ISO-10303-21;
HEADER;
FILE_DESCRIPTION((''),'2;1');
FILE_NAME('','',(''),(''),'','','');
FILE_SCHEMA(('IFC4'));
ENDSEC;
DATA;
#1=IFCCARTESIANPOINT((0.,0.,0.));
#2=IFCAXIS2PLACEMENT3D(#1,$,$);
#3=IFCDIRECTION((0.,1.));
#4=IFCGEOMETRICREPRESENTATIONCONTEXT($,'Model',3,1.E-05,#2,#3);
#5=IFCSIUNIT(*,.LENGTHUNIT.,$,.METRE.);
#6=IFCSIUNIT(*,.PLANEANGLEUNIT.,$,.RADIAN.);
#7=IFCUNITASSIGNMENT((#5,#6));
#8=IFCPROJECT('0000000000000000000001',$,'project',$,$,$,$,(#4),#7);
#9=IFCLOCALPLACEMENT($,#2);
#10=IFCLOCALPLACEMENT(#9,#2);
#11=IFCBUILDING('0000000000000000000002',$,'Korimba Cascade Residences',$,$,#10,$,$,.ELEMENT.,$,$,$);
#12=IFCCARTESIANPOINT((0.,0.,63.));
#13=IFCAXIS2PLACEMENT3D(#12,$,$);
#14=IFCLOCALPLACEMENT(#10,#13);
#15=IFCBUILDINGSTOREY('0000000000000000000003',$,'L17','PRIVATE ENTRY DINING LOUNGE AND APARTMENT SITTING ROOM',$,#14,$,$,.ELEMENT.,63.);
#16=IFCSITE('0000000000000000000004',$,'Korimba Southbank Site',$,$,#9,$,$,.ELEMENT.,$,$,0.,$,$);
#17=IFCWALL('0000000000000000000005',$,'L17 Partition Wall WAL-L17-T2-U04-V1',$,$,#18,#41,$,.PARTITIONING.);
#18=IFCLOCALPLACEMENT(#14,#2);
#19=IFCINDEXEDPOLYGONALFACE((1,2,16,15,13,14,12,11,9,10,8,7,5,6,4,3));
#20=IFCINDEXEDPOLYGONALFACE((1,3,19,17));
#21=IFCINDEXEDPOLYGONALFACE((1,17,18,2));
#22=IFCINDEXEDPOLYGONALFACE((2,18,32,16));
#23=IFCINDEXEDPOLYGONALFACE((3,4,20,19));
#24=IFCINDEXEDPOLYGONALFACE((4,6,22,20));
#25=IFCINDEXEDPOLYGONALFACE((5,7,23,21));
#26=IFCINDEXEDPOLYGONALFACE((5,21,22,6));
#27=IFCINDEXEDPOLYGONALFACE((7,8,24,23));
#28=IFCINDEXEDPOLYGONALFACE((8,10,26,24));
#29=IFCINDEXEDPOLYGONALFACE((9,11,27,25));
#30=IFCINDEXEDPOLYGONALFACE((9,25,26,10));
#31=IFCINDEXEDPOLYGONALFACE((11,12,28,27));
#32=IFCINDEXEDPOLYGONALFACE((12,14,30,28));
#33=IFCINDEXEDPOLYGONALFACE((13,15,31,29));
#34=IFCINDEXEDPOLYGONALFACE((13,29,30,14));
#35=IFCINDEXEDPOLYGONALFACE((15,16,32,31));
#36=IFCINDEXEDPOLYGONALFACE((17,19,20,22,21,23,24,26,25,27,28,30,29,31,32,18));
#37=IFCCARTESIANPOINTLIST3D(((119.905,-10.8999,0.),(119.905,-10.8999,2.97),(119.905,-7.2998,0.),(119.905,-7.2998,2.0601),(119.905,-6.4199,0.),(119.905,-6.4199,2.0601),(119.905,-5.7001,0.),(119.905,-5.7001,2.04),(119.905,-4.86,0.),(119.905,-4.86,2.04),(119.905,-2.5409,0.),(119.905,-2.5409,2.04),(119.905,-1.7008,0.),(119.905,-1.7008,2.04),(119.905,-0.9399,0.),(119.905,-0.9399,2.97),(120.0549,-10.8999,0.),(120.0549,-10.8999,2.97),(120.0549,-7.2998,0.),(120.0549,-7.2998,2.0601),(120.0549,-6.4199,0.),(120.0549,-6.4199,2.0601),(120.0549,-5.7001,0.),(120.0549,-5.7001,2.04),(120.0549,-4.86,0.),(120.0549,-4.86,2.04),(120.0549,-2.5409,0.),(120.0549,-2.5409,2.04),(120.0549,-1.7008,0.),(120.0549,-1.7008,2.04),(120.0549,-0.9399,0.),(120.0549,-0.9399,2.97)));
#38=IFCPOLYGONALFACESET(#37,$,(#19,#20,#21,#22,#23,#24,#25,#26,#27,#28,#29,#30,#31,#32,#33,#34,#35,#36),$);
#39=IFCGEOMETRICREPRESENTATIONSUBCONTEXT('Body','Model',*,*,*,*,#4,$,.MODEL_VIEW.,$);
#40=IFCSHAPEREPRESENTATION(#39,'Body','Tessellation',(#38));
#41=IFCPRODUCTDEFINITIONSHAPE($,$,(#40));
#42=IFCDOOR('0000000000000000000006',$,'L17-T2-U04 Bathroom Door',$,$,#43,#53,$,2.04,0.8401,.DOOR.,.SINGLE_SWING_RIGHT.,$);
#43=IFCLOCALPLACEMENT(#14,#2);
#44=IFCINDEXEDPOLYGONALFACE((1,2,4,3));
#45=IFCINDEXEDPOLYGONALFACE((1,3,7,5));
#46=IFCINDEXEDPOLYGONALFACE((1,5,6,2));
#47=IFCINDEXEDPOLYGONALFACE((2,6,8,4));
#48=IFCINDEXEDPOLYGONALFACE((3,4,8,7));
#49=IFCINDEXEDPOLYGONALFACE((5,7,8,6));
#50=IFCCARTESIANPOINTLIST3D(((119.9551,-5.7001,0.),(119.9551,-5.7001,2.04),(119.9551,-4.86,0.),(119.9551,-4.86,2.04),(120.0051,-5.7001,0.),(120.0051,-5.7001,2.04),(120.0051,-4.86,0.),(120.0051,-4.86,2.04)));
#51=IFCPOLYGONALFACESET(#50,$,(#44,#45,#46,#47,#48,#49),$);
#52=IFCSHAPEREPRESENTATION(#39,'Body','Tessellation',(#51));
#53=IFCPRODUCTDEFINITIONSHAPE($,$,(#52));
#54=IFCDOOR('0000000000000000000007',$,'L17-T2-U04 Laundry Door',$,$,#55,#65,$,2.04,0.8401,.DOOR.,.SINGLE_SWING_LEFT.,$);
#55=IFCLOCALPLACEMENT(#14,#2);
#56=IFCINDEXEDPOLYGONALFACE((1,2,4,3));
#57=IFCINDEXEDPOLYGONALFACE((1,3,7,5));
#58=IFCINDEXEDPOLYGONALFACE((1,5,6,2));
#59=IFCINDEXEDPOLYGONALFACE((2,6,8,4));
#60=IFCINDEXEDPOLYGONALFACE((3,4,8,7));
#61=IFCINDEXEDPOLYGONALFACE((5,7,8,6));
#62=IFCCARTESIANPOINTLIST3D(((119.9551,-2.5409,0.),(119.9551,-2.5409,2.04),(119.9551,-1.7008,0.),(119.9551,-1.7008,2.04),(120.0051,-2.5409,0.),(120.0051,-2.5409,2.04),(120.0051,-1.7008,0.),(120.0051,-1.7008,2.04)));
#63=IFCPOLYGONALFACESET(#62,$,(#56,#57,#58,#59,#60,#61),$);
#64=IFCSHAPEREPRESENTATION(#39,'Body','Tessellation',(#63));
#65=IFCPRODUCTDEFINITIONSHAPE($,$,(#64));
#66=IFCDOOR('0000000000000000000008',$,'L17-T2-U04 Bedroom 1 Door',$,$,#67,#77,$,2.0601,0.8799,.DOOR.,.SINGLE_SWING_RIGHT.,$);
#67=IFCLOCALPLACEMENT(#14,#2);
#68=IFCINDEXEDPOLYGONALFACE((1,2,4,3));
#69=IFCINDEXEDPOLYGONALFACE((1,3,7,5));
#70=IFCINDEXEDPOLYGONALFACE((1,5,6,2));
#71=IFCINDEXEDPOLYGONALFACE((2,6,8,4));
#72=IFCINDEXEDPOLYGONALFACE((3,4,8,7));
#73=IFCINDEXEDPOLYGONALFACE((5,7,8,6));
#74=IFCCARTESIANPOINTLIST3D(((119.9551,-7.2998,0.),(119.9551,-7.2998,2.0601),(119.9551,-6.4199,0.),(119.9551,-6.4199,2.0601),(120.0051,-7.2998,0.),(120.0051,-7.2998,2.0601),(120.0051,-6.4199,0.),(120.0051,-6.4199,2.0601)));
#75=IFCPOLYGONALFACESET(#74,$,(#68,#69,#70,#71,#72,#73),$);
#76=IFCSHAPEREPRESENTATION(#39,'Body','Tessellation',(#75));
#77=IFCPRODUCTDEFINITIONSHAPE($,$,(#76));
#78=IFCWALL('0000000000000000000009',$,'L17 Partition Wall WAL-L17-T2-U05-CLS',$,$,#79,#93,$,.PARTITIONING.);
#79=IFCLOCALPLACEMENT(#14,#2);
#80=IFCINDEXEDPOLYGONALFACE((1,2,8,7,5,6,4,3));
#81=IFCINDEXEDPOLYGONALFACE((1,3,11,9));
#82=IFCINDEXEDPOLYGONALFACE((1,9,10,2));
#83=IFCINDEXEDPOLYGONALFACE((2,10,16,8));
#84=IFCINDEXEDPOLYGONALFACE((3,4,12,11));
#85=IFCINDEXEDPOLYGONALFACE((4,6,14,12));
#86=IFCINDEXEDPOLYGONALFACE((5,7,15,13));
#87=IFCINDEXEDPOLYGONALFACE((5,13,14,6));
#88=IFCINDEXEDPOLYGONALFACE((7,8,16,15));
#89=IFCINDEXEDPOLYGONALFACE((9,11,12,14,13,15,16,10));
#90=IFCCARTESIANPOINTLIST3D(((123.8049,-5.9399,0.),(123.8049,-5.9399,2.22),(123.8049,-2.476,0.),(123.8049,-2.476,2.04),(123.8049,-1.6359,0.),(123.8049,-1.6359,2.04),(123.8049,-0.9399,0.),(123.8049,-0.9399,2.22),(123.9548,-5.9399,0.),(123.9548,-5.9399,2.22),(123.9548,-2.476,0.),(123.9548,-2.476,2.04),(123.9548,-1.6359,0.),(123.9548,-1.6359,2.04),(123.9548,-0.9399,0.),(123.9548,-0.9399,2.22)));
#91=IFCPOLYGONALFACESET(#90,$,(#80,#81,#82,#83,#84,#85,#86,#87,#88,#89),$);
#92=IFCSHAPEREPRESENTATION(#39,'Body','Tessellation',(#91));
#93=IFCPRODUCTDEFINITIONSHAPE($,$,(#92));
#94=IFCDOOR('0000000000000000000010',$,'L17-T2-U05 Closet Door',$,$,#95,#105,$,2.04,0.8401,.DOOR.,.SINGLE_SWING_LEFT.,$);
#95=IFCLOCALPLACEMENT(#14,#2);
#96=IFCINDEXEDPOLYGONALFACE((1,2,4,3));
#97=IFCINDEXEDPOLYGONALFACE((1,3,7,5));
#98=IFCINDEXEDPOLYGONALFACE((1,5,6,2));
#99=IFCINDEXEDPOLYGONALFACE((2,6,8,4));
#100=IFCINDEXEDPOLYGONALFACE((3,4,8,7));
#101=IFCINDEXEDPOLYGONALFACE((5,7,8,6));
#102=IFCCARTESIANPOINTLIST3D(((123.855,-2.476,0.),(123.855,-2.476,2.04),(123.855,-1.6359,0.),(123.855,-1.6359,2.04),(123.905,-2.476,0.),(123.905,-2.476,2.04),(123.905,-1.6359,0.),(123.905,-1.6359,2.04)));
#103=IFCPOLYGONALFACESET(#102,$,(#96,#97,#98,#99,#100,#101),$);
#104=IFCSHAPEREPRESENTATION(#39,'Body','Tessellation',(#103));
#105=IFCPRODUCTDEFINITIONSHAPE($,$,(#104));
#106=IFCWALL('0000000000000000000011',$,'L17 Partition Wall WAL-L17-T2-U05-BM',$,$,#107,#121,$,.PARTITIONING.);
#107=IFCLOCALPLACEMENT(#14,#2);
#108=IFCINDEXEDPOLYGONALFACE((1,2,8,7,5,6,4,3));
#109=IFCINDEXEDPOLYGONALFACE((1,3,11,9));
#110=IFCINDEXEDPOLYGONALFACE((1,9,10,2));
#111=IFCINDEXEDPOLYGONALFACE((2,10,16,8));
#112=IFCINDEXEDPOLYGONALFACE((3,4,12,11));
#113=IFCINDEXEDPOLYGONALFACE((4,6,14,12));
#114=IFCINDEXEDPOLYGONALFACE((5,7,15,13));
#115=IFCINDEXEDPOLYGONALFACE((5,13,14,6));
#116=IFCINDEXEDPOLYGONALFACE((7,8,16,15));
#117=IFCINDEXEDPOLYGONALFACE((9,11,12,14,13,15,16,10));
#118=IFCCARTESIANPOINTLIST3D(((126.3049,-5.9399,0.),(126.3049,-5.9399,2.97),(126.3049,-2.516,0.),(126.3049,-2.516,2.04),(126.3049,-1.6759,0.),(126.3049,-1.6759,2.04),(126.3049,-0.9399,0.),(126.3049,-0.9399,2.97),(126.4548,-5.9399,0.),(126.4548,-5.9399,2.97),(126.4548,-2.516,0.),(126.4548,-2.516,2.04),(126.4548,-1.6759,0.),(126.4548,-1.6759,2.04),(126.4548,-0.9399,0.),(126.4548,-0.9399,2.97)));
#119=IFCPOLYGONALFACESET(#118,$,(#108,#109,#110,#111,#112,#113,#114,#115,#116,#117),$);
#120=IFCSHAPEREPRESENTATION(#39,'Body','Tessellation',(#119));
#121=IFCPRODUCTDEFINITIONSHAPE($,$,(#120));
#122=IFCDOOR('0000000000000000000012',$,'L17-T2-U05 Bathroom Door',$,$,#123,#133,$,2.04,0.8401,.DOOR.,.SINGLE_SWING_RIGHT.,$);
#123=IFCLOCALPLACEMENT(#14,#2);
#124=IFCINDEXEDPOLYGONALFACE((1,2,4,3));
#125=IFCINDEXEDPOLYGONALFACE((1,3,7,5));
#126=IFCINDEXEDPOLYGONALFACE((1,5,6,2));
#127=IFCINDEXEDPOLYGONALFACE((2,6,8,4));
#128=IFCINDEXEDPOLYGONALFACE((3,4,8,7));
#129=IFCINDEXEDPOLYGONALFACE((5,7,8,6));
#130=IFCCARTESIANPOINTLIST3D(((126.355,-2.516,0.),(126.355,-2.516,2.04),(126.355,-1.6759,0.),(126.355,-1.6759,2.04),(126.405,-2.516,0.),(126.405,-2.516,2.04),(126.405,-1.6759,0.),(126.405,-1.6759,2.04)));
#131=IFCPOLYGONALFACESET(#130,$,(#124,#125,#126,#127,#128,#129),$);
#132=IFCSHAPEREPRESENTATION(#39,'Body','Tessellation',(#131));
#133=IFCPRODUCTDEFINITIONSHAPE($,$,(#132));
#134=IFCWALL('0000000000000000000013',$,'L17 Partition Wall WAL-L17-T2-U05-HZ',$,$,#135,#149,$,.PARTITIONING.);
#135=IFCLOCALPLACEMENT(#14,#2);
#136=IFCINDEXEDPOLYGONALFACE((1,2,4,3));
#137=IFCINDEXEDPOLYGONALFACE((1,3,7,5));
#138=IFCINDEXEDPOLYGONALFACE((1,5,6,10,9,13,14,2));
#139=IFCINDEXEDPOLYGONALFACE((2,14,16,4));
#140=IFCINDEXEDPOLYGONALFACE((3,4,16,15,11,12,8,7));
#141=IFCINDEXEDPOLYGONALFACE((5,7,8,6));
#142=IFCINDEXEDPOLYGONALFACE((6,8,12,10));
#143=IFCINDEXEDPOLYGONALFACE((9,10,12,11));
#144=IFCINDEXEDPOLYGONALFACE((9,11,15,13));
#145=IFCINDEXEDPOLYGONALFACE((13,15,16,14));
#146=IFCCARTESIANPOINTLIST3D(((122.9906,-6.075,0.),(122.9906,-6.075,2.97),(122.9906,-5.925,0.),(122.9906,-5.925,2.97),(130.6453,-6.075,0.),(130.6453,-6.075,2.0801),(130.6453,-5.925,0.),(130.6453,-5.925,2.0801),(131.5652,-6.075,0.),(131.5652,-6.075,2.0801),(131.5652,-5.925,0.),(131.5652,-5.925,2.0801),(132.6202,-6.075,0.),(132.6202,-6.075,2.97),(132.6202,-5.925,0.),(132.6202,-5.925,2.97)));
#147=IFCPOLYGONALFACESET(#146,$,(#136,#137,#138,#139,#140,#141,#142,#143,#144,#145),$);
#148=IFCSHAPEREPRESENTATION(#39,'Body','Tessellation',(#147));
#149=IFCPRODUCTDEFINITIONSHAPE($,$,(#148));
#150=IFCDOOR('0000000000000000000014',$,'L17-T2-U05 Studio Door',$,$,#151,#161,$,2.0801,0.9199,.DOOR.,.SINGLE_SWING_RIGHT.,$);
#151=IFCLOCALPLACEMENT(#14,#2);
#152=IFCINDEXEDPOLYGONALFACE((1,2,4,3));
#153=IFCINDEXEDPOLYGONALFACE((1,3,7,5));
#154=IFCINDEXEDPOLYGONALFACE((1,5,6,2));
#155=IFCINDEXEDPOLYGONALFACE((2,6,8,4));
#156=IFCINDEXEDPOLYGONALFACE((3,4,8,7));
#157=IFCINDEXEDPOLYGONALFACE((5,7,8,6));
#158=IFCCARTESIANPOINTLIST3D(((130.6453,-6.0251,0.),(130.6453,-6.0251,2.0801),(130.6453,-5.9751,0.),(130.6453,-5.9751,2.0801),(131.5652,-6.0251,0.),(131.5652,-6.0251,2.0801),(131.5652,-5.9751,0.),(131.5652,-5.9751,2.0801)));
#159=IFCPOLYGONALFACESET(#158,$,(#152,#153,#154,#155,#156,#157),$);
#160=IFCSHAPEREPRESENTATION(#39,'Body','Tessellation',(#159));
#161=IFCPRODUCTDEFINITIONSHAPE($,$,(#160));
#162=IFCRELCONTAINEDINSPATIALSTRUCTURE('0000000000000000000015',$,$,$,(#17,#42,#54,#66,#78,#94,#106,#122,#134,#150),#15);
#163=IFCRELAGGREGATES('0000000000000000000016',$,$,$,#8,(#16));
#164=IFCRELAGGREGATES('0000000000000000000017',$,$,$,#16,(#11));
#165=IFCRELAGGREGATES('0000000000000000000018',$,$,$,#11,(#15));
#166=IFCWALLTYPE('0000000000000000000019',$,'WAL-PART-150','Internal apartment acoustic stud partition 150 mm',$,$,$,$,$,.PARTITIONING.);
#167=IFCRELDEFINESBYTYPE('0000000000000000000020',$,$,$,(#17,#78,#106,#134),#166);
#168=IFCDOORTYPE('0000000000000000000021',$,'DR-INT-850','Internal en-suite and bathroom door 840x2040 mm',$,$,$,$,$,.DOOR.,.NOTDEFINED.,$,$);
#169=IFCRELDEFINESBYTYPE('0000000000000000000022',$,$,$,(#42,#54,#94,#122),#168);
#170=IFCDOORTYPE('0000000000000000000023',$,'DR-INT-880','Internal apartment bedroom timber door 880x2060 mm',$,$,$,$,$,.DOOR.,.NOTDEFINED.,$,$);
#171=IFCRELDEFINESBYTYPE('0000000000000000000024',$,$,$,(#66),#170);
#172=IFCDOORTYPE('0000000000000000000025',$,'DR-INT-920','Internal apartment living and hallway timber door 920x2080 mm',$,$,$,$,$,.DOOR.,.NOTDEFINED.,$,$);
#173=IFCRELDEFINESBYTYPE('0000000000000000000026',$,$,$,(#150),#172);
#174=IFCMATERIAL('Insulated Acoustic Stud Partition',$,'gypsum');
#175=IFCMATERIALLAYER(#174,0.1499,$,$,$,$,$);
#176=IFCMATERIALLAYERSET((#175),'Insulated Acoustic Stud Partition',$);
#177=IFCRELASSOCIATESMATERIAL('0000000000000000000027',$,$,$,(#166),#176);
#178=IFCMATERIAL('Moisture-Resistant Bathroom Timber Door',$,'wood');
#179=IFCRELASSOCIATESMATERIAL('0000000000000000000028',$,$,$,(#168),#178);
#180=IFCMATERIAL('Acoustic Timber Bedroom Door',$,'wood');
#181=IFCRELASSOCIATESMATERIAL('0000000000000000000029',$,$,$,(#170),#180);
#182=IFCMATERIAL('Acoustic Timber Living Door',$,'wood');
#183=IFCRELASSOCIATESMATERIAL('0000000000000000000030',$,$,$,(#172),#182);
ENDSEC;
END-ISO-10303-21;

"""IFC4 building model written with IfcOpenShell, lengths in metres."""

from ifc_helpers import new_model, si_unit, direction, frame, frame_2d, origin, place, context, subcontext, project, spatial, rectangle, extrude, material, layer, layer_set, type_object, element, fill, save


model = new_model("IFC4")

# Units and contexts
model_context = context("Model", 3, precision=1e-05, world=origin(), true_north=direction((0.0, 1.0)))
body_context = subcontext(model_context, "Body", "Model", "MODEL_VIEW")
ifc_project = project(units=[si_unit("LENGTHUNIT", "METRE"), si_unit("PLANEANGLEUNIT", "RADIAN")], contexts=[model_context])

# Site, building, storey
site_placement = place(None, origin())
site = spatial("IfcSite", under=ifc_project, at=site_placement, Name="Korimba Southbank Site", CompositionType="ELEMENT", RefElevation=0.0)
building_placement = place(site_placement, origin())
building = spatial("IfcBuilding", under=site, at=building_placement, Name="Korimba Cascade Residences", CompositionType="ELEMENT")
storey_placement = place(building_placement, frame((0.0, 0.0, 63.0)))
storey = spatial("IfcBuildingStorey", under=building, at=storey_placement, Name="L17", Description="PRIVATE ENTRY DINING LOUNGE AND APARTMENT SITTING ROOM", CompositionType="ELEMENT", Elevation=63.0)

# Wall, openings, doors
ifc_material_1 = material(Name="Insulated Acoustic Stud Partition", Category="gypsum")
ifc_layer_1 = layer(ifc_material_1, 0.1499)
ifc_layer_set_1 = layer_set([ifc_layer_1], Name="Insulated Acoustic Stud Partition")
wall_type_1 = type_object("IfcWallType", Name="WAL-PART-150", Description="Internal apartment acoustic stud partition 150 mm", PredefinedType="PARTITIONING", material=ifc_layer_set_1)
wall_1_placement = place(storey_placement, frame((119.98, -10.8999, 0.0), z_axis=(0.0, 0.0, 1.0), x_axis=(0.0, 1.0, 0.0)))
wall_1 = element("IfcWall", 1, at=wall_1_placement, inside=storey, type_object=wall_type_1, Name="L17 Partition Wall WAL-L17-T2-U04-V1", PredefinedType="PARTITIONING", context=body_context, shape_type="SweptSolid", body=[
    extrude(rectangle(XDim=9.96, YDim=0.1499, at=frame_2d((4.98, 0.0))), origin(), (0.0, 0.0, 1.0), 2.97),
])
opening_1_placement = place(wall_1_placement, frame((5.2, 0.0, 0.0)))
opening_1 = element("IfcOpeningElement", 2, at=opening_1_placement, cuts=wall_1, PredefinedType="OPENING", context=body_context, shape_type="SweptSolid", body=[
    extrude(rectangle(XDim=0.8401, YDim=2.04, at=frame_2d((0.4199, 1.02))), frame((0.0, 0.085, 0.0), z_axis=(0.0, -1.0, 0.0), x_axis=(1.0, 0.0, 0.0)), (0.0, 0.0, 1.0), 0.1699),
])
opening_2_placement = place(wall_1_placement, frame((8.3591, 0.0, 0.0)))
opening_2 = element("IfcOpeningElement", 3, at=opening_2_placement, cuts=wall_1, PredefinedType="OPENING", context=body_context, shape_type="SweptSolid", body=[
    extrude(rectangle(XDim=0.8401, YDim=2.04, at=frame_2d((0.4199, 1.02))), frame((0.0, 0.085, 0.0), z_axis=(0.0, -1.0, 0.0), x_axis=(1.0, 0.0, 0.0)), (0.0, 0.0, 1.0), 0.1699),
])
opening_3_placement = place(wall_1_placement, frame((3.6001, 0.0, 0.0)))
opening_3 = element("IfcOpeningElement", 4, at=opening_3_placement, cuts=wall_1, PredefinedType="OPENING", context=body_context, shape_type="SweptSolid", body=[
    extrude(rectangle(XDim=0.8799, YDim=2.0601, at=frame_2d((0.4399, 1.03))), frame((0.0, 0.085, 0.0), z_axis=(0.0, -1.0, 0.0), x_axis=(1.0, 0.0, 0.0)), (0.0, 0.0, 1.0), 0.1699),
])
ifc_material_2 = material(Name="Moisture-Resistant Bathroom Timber Door", Category="wood")
door_type_1 = type_object("IfcDoorType", Name="DR-INT-850", Description="Internal en-suite and bathroom door 840x2040 mm", OperationType="NOTDEFINED", PredefinedType="DOOR", material=ifc_material_2)
door_1_placement = place(opening_1_placement, origin())
door_1 = element("IfcDoor", 5, at=door_1_placement, inside=storey, type_object=door_type_1, Name="L17-T2-U04 Bathroom Door", OperationType="SINGLE_SWING_RIGHT", OverallHeight=2.04, OverallWidth=0.8401, PredefinedType="DOOR", context=body_context, shape_type="SweptSolid", body=[
    extrude(rectangle(XDim=0.8401, YDim=2.04, at=frame_2d((0.4199, 1.02))), frame((0.0, 0.0249, 0.0), z_axis=(0.0, -1.0, 0.0), x_axis=(1.0, 0.0, 0.0)), (0.0, 0.0, 1.0), 0.05),
])
fill(opening_1, door_1)
door_2_placement = place(opening_2_placement, origin())
door_2 = element("IfcDoor", 6, at=door_2_placement, inside=storey, type_object=door_type_1, Name="L17-T2-U04 Laundry Door", OperationType="SINGLE_SWING_LEFT", OverallHeight=2.04, OverallWidth=0.8401, PredefinedType="DOOR", context=body_context, shape_type="SweptSolid", body=[
    extrude(rectangle(XDim=0.8401, YDim=2.04, at=frame_2d((0.4199, 1.02))), frame((0.0, 0.0249, 0.0), z_axis=(0.0, -1.0, 0.0), x_axis=(1.0, 0.0, 0.0)), (0.0, 0.0, 1.0), 0.05),
])
fill(opening_2, door_2)
ifc_material_3 = material(Name="Acoustic Timber Bedroom Door", Category="wood")
door_type_2 = type_object("IfcDoorType", Name="DR-INT-880", Description="Internal apartment bedroom timber door 880x2060 mm", OperationType="NOTDEFINED", PredefinedType="DOOR", material=ifc_material_3)
door_3_placement = place(opening_3_placement, origin())
door_3 = element("IfcDoor", 7, at=door_3_placement, inside=storey, type_object=door_type_2, Name="L17-T2-U04 Bedroom 1 Door", OperationType="SINGLE_SWING_RIGHT", OverallHeight=2.0601, OverallWidth=0.8799, PredefinedType="DOOR", context=body_context, shape_type="SweptSolid", body=[
    extrude(rectangle(XDim=0.8799, YDim=2.0601, at=frame_2d((0.4399, 1.03))), frame((0.0, 0.0249, 0.0), z_axis=(0.0, -1.0, 0.0), x_axis=(1.0, 0.0, 0.0)), (0.0, 0.0, 1.0), 0.05),
])
fill(opening_3, door_3)

# Walls, openings, doors
wall_2_placement = place(storey_placement, frame((123.8799, -5.9399, 0.0), z_axis=(0.0, 0.0, 1.0), x_axis=(0.0, 1.0, 0.0)))
wall_2 = element("IfcWall", 8, at=wall_2_placement, inside=storey, type_object=wall_type_1, Name="L17 Partition Wall WAL-L17-T2-U05-CLS", PredefinedType="PARTITIONING", context=body_context, shape_type="SweptSolid", body=[
    extrude(rectangle(XDim=5.0, YDim=0.1499, at=frame_2d((2.5, 0.0))), origin(), (0.0, 0.0, 1.0), 2.22),
])
opening_4_placement = place(wall_2_placement, frame((3.4641, 0.0, 0.0)))
opening_4 = element("IfcOpeningElement", 9, at=opening_4_placement, cuts=wall_2, PredefinedType="OPENING", context=body_context, shape_type="SweptSolid", body=[
    extrude(rectangle(XDim=0.8401, YDim=2.04, at=frame_2d((0.4199, 1.02))), frame((0.0, 0.085, 0.0), z_axis=(0.0, -1.0, 0.0), x_axis=(1.0, 0.0, 0.0)), (0.0, 0.0, 1.0), 0.1699),
])
door_4_placement = place(opening_4_placement, origin())
door_4 = element("IfcDoor", 10, at=door_4_placement, inside=storey, type_object=door_type_1, Name="L17-T2-U05 Closet Door", OperationType="SINGLE_SWING_LEFT", OverallHeight=2.04, OverallWidth=0.8401, PredefinedType="DOOR", context=body_context, shape_type="SweptSolid", body=[
    extrude(rectangle(XDim=0.8401, YDim=2.04, at=frame_2d((0.4199, 1.02))), frame((0.0, 0.0249, 0.0), z_axis=(0.0, -1.0, 0.0), x_axis=(1.0, 0.0, 0.0)), (0.0, 0.0, 1.0), 0.05),
])
fill(opening_4, door_4)
wall_3_placement = place(storey_placement, frame((126.3799, -5.9399, 0.0), z_axis=(0.0, 0.0, 1.0), x_axis=(0.0, 1.0, 0.0)))
wall_3 = element("IfcWall", 11, at=wall_3_placement, inside=storey, type_object=wall_type_1, Name="L17 Partition Wall WAL-L17-T2-U05-BM", PredefinedType="PARTITIONING", context=body_context, shape_type="SweptSolid", body=[
    extrude(rectangle(XDim=5.0, YDim=0.1499, at=frame_2d((2.5, 0.0))), origin(), (0.0, 0.0, 1.0), 2.97),
])
opening_5_placement = place(wall_3_placement, frame((3.4241, 0.0, 0.0)))
opening_5 = element("IfcOpeningElement", 12, at=opening_5_placement, cuts=wall_3, PredefinedType="OPENING", context=body_context, shape_type="SweptSolid", body=[
    extrude(rectangle(XDim=0.8401, YDim=2.04, at=frame_2d((0.4199, 1.02))), frame((0.0, 0.085, 0.0), z_axis=(0.0, -1.0, 0.0), x_axis=(1.0, 0.0, 0.0)), (0.0, 0.0, 1.0), 0.1699),
])
door_5_placement = place(opening_5_placement, origin())
door_5 = element("IfcDoor", 13, at=door_5_placement, inside=storey, type_object=door_type_1, Name="L17-T2-U05 Bathroom Door", OperationType="SINGLE_SWING_RIGHT", OverallHeight=2.04, OverallWidth=0.8401, PredefinedType="DOOR", context=body_context, shape_type="SweptSolid", body=[
    extrude(rectangle(XDim=0.8401, YDim=2.04, at=frame_2d((0.4199, 1.02))), frame((0.0, 0.0249, 0.0), z_axis=(0.0, -1.0, 0.0), x_axis=(1.0, 0.0, 0.0)), (0.0, 0.0, 1.0), 0.05),
])
fill(opening_5, door_5)
wall_4_placement = place(storey_placement, frame((122.9905, -6.0, 0.0), z_axis=(0.0, 0.0, 1.0), x_axis=(1.0, 0.0, 0.0)))
wall_4 = element("IfcWall", 14, at=wall_4_placement, inside=storey, type_object=wall_type_1, Name="L17 Partition Wall WAL-L17-T2-U05-HZ", PredefinedType="PARTITIONING", context=body_context, shape_type="SweptSolid", body=[
    extrude(rectangle(XDim=9.6296, YDim=0.1499, at=frame_2d((4.8149, 0.0))), origin(), (0.0, 0.0, 1.0), 2.97),
])
opening_6_placement = place(wall_4_placement, frame((7.6548, 0.0, 0.0)))
opening_6 = element("IfcOpeningElement", 15, at=opening_6_placement, cuts=wall_4, PredefinedType="OPENING", context=body_context, shape_type="SweptSolid", body=[
    extrude(rectangle(XDim=0.9199, YDim=2.0801, at=frame_2d((0.46, 1.04))), frame((0.0, 0.085, 0.0), z_axis=(0.0, -1.0, 0.0), x_axis=(1.0, 0.0, 0.0)), (0.0, 0.0, 1.0), 0.1699),
])
ifc_material_4 = material(Name="Acoustic Timber Living Door", Category="wood")
door_type_3 = type_object("IfcDoorType", Name="DR-INT-920", Description="Internal apartment living and hallway timber door 920x2080 mm", OperationType="NOTDEFINED", PredefinedType="DOOR", material=ifc_material_4)
door_6_placement = place(opening_6_placement, origin())
door_6 = element("IfcDoor", 16, at=door_6_placement, inside=storey, type_object=door_type_3, Name="L17-T2-U05 Studio Door", OperationType="SINGLE_SWING_RIGHT", OverallHeight=2.0801, OverallWidth=0.9199, PredefinedType="DOOR", context=body_context, shape_type="SweptSolid", body=[
    extrude(rectangle(XDim=0.9199, YDim=2.0801, at=frame_2d((0.46, 1.04))), frame((0.0, 0.0249, 0.0), z_axis=(0.0, -1.0, 0.0), x_axis=(1.0, 0.0, 0.0)), (0.0, 0.0, 1.0), 0.05),
])
fill(opening_6, door_6)

save(model, "model.ifc")
